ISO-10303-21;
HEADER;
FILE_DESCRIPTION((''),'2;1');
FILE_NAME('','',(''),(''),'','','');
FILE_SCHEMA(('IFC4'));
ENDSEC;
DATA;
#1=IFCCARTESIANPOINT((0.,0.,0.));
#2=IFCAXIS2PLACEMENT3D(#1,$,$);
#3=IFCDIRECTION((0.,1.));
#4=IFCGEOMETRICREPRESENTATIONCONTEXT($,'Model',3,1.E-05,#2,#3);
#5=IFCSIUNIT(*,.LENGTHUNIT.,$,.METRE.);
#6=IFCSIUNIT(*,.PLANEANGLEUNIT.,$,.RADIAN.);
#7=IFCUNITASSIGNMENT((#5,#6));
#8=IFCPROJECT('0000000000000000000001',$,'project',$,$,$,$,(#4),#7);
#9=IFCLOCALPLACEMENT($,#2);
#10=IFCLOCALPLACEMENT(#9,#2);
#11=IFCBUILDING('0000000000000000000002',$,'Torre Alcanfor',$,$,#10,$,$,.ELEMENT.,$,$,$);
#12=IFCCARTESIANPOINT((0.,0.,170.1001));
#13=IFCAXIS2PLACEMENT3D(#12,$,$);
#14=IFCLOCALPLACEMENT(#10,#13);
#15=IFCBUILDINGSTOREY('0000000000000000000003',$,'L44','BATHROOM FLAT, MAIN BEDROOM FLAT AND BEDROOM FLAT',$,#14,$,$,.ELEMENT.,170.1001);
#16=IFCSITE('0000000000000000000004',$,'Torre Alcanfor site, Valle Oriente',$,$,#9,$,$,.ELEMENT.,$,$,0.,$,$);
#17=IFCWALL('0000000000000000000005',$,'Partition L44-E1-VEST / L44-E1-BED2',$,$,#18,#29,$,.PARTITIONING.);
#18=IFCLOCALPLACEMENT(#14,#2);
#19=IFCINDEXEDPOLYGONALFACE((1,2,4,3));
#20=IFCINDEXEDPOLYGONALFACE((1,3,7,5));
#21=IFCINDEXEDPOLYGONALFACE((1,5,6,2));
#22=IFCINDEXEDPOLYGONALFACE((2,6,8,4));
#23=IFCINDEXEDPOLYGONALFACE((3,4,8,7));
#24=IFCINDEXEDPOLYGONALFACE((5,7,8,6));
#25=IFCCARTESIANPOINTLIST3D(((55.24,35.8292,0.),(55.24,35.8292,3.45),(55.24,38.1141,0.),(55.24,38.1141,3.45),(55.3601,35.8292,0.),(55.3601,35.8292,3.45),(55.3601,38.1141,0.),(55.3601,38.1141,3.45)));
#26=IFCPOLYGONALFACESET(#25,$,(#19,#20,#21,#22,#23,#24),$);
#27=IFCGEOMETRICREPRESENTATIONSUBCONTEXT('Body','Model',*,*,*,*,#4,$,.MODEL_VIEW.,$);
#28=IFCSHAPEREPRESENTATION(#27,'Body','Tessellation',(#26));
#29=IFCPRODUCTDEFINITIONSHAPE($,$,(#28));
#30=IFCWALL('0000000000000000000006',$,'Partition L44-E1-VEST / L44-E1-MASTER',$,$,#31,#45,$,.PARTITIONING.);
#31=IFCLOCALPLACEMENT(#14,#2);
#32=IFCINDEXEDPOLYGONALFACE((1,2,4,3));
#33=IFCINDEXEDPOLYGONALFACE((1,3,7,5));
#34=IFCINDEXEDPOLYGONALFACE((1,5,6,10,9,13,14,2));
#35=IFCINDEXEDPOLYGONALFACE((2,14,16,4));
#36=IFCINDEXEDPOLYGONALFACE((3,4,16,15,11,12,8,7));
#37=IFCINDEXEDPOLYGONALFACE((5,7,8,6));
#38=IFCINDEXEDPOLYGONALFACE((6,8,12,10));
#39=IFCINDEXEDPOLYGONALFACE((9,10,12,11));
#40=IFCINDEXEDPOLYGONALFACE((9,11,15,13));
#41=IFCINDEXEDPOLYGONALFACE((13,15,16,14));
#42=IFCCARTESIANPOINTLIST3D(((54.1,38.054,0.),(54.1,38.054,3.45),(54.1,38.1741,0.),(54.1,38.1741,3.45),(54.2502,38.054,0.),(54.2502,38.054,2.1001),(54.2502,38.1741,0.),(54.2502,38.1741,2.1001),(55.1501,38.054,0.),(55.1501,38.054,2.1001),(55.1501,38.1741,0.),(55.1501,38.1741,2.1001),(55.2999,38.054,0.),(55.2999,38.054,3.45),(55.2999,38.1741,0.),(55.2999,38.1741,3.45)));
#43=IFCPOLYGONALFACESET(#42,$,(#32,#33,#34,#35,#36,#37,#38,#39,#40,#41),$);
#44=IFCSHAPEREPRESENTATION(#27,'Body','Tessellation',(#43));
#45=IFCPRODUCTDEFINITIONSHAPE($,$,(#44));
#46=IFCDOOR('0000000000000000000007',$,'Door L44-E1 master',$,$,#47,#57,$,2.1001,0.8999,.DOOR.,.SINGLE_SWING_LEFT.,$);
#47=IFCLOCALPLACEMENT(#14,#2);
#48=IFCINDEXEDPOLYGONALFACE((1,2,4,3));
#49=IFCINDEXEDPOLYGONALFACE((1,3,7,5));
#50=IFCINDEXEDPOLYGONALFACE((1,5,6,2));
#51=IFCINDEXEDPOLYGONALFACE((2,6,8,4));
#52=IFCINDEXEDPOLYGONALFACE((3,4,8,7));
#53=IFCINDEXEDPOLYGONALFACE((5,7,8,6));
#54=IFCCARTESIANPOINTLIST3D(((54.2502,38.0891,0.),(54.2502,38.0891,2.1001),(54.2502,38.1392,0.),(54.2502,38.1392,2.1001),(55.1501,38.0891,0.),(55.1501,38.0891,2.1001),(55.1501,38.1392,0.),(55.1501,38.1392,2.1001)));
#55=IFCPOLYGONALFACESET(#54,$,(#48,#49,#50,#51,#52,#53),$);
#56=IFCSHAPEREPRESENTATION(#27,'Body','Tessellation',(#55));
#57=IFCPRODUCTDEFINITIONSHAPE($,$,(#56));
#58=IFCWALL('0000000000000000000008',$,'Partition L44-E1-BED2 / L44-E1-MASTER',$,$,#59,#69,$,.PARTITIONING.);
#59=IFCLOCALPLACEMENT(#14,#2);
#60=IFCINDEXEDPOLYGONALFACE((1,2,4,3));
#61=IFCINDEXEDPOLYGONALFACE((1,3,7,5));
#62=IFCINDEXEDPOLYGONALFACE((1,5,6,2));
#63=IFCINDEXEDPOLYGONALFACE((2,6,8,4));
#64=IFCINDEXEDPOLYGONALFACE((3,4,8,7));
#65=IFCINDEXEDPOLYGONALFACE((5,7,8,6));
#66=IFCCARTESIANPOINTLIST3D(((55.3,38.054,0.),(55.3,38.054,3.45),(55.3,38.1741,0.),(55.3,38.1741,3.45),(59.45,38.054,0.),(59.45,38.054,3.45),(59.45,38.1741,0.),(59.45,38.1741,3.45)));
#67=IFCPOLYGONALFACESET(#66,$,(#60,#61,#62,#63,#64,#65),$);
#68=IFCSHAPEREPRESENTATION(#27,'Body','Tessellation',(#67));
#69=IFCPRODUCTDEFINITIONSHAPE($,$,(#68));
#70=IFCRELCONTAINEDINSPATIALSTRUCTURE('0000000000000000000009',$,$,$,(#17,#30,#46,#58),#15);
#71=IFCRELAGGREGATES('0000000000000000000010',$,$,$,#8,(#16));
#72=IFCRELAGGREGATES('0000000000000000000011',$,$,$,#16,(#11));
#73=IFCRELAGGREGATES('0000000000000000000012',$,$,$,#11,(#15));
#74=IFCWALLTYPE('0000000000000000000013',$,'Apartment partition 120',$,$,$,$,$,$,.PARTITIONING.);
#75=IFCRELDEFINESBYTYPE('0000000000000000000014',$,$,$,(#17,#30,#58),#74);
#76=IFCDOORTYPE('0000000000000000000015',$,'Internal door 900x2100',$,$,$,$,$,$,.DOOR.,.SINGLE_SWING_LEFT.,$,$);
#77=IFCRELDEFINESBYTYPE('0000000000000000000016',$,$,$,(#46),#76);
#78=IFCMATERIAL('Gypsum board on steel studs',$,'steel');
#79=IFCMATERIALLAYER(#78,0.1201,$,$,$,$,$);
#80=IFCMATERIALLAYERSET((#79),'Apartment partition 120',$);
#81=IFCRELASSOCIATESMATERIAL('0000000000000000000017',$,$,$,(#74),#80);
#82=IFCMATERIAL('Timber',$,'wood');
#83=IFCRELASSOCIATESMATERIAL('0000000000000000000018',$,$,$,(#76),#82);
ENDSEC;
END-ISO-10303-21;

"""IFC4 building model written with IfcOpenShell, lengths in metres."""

from ifc_helpers import new_model, si_unit, direction, frame, frame_2d, origin, place, context, subcontext, project, spatial, rectangle, extrude, material, layer, layer_set, type_object, element, fill, save


model = new_model("IFC4")

# Units and contexts
model_context = context("Model", 3, precision=1e-05, world=origin(), true_north=direction((0.0, 1.0)))
body_context = subcontext(model_context, "Body", "Model", "MODEL_VIEW")
ifc_project = project(units=[si_unit("LENGTHUNIT", "METRE"), si_unit("PLANEANGLEUNIT", "RADIAN")], contexts=[model_context])

# Site, building, storey
site_placement = place(None, origin())
site = spatial("IfcSite", under=ifc_project, at=site_placement, Name="Torre Alcanfor site, Valle Oriente", CompositionType="ELEMENT", RefElevation=0.0)
building_placement = place(site_placement, origin())
building = spatial("IfcBuilding", under=site, at=building_placement, Name="Torre Alcanfor", CompositionType="ELEMENT")
storey_placement = place(building_placement, frame((0.0, 0.0, 170.1001)))
storey = spatial("IfcBuildingStorey", under=building, at=storey_placement, Name="L44", Description="BATHROOM FLAT, MAIN BEDROOM FLAT AND BEDROOM FLAT", CompositionType="ELEMENT", Elevation=170.1001)

# Wall
ifc_material_1 = material(Name="Gypsum board on steel studs", Category="steel")
ifc_layer_1 = layer(ifc_material_1, 0.1201)
ifc_layer_set_1 = layer_set([ifc_layer_1], Name="Apartment partition 120")
wall_type_1 = type_object("IfcWallType", Name="Apartment partition 120", PredefinedType="PARTITIONING", material=ifc_layer_set_1)
wall_1_placement = place(storey_placement, frame((55.3, 35.8291, 0.0), z_axis=(0.0, 0.0, 1.0), x_axis=(0.0, 1.0, 0.0)))
element("IfcWall", 1, at=wall_1_placement, inside=storey, type_object=wall_type_1, Name="Partition L44-E1-VEST / L44-E1-BED2", PredefinedType="PARTITIONING", context=body_context, shape_type="SweptSolid", body=[
    extrude(rectangle(XDim=2.2849, YDim=0.1201, at=frame_2d((1.1426, 0.0))), origin(), (0.0, 0.0, 1.0), 3.45),
])

# Wall, opening, door
wall_2_placement = place(storey_placement, frame((55.3, 38.114, 0.0), z_axis=(0.0, 0.0, 1.0), x_axis=(-1.0, 0.0, 0.0)))
wall_2 = element("IfcWall", 2, at=wall_2_placement, inside=storey, type_object=wall_type_1, Name="Partition L44-E1-VEST / L44-E1-MASTER", PredefinedType="PARTITIONING", context=body_context, shape_type="SweptSolid", body=[
    extrude(rectangle(XDim=1.2, YDim=0.1201, at=frame_2d((0.6001, 0.0))), origin(), (0.0, 0.0, 1.0), 3.45),
])
opening_1_placement = place(wall_2_placement, frame((0.1499, 0.0, 0.0)))
opening_1 = element("IfcOpeningElement", 3, at=opening_1_placement, cuts=wall_2, PredefinedType="OPENING", context=body_context, shape_type="SweptSolid", body=[
    extrude(rectangle(XDim=0.8999, YDim=2.1001, at=frame_2d((0.45, 1.05))), frame((0.0, 0.0701, 0.0), z_axis=(0.0, -1.0, 0.0), x_axis=(1.0, 0.0, 0.0)), (0.0, 0.0, 1.0), 0.1401),
])
ifc_material_2 = material(Name="Timber", Category="wood")
door_type_1 = type_object("IfcDoorType", Name="Internal door 900x2100", OperationType="SINGLE_SWING_LEFT", PredefinedType="DOOR", material=ifc_material_2)
door_1_placement = place(opening_1_placement, origin())
door_1 = element("IfcDoor", 4, at=door_1_placement, inside=storey, type_object=door_type_1, Name="Door L44-E1 master", OperationType="SINGLE_SWING_LEFT", OverallHeight=2.1001, OverallWidth=0.8999, PredefinedType="DOOR", context=body_context, shape_type="SweptSolid", body=[
    extrude(rectangle(XDim=0.8999, YDim=2.1001, at=frame_2d((0.45, 1.05))), frame((0.0, 0.0249, 0.0), z_axis=(0.0, -1.0, 0.0), x_axis=(1.0, 0.0, 0.0)), (0.0, 0.0, 1.0), 0.05),
])
fill(opening_1, door_1)

# Wall
wall_3_placement = place(storey_placement, frame((59.45, 38.114, 0.0), z_axis=(0.0, 0.0, 1.0), x_axis=(-1.0, 0.0, 0.0)))
element("IfcWall", 5, at=wall_3_placement, inside=storey, type_object=wall_type_1, Name="Partition L44-E1-BED2 / L44-E1-MASTER", PredefinedType="PARTITIONING", context=body_context, shape_type="SweptSolid", body=[
    extrude(rectangle(XDim=4.1499, YDim=0.1201, at=frame_2d((2.075, 0.0))), origin(), (0.0, 0.0, 1.0), 3.45),
])

save(model, "model.ifc")
